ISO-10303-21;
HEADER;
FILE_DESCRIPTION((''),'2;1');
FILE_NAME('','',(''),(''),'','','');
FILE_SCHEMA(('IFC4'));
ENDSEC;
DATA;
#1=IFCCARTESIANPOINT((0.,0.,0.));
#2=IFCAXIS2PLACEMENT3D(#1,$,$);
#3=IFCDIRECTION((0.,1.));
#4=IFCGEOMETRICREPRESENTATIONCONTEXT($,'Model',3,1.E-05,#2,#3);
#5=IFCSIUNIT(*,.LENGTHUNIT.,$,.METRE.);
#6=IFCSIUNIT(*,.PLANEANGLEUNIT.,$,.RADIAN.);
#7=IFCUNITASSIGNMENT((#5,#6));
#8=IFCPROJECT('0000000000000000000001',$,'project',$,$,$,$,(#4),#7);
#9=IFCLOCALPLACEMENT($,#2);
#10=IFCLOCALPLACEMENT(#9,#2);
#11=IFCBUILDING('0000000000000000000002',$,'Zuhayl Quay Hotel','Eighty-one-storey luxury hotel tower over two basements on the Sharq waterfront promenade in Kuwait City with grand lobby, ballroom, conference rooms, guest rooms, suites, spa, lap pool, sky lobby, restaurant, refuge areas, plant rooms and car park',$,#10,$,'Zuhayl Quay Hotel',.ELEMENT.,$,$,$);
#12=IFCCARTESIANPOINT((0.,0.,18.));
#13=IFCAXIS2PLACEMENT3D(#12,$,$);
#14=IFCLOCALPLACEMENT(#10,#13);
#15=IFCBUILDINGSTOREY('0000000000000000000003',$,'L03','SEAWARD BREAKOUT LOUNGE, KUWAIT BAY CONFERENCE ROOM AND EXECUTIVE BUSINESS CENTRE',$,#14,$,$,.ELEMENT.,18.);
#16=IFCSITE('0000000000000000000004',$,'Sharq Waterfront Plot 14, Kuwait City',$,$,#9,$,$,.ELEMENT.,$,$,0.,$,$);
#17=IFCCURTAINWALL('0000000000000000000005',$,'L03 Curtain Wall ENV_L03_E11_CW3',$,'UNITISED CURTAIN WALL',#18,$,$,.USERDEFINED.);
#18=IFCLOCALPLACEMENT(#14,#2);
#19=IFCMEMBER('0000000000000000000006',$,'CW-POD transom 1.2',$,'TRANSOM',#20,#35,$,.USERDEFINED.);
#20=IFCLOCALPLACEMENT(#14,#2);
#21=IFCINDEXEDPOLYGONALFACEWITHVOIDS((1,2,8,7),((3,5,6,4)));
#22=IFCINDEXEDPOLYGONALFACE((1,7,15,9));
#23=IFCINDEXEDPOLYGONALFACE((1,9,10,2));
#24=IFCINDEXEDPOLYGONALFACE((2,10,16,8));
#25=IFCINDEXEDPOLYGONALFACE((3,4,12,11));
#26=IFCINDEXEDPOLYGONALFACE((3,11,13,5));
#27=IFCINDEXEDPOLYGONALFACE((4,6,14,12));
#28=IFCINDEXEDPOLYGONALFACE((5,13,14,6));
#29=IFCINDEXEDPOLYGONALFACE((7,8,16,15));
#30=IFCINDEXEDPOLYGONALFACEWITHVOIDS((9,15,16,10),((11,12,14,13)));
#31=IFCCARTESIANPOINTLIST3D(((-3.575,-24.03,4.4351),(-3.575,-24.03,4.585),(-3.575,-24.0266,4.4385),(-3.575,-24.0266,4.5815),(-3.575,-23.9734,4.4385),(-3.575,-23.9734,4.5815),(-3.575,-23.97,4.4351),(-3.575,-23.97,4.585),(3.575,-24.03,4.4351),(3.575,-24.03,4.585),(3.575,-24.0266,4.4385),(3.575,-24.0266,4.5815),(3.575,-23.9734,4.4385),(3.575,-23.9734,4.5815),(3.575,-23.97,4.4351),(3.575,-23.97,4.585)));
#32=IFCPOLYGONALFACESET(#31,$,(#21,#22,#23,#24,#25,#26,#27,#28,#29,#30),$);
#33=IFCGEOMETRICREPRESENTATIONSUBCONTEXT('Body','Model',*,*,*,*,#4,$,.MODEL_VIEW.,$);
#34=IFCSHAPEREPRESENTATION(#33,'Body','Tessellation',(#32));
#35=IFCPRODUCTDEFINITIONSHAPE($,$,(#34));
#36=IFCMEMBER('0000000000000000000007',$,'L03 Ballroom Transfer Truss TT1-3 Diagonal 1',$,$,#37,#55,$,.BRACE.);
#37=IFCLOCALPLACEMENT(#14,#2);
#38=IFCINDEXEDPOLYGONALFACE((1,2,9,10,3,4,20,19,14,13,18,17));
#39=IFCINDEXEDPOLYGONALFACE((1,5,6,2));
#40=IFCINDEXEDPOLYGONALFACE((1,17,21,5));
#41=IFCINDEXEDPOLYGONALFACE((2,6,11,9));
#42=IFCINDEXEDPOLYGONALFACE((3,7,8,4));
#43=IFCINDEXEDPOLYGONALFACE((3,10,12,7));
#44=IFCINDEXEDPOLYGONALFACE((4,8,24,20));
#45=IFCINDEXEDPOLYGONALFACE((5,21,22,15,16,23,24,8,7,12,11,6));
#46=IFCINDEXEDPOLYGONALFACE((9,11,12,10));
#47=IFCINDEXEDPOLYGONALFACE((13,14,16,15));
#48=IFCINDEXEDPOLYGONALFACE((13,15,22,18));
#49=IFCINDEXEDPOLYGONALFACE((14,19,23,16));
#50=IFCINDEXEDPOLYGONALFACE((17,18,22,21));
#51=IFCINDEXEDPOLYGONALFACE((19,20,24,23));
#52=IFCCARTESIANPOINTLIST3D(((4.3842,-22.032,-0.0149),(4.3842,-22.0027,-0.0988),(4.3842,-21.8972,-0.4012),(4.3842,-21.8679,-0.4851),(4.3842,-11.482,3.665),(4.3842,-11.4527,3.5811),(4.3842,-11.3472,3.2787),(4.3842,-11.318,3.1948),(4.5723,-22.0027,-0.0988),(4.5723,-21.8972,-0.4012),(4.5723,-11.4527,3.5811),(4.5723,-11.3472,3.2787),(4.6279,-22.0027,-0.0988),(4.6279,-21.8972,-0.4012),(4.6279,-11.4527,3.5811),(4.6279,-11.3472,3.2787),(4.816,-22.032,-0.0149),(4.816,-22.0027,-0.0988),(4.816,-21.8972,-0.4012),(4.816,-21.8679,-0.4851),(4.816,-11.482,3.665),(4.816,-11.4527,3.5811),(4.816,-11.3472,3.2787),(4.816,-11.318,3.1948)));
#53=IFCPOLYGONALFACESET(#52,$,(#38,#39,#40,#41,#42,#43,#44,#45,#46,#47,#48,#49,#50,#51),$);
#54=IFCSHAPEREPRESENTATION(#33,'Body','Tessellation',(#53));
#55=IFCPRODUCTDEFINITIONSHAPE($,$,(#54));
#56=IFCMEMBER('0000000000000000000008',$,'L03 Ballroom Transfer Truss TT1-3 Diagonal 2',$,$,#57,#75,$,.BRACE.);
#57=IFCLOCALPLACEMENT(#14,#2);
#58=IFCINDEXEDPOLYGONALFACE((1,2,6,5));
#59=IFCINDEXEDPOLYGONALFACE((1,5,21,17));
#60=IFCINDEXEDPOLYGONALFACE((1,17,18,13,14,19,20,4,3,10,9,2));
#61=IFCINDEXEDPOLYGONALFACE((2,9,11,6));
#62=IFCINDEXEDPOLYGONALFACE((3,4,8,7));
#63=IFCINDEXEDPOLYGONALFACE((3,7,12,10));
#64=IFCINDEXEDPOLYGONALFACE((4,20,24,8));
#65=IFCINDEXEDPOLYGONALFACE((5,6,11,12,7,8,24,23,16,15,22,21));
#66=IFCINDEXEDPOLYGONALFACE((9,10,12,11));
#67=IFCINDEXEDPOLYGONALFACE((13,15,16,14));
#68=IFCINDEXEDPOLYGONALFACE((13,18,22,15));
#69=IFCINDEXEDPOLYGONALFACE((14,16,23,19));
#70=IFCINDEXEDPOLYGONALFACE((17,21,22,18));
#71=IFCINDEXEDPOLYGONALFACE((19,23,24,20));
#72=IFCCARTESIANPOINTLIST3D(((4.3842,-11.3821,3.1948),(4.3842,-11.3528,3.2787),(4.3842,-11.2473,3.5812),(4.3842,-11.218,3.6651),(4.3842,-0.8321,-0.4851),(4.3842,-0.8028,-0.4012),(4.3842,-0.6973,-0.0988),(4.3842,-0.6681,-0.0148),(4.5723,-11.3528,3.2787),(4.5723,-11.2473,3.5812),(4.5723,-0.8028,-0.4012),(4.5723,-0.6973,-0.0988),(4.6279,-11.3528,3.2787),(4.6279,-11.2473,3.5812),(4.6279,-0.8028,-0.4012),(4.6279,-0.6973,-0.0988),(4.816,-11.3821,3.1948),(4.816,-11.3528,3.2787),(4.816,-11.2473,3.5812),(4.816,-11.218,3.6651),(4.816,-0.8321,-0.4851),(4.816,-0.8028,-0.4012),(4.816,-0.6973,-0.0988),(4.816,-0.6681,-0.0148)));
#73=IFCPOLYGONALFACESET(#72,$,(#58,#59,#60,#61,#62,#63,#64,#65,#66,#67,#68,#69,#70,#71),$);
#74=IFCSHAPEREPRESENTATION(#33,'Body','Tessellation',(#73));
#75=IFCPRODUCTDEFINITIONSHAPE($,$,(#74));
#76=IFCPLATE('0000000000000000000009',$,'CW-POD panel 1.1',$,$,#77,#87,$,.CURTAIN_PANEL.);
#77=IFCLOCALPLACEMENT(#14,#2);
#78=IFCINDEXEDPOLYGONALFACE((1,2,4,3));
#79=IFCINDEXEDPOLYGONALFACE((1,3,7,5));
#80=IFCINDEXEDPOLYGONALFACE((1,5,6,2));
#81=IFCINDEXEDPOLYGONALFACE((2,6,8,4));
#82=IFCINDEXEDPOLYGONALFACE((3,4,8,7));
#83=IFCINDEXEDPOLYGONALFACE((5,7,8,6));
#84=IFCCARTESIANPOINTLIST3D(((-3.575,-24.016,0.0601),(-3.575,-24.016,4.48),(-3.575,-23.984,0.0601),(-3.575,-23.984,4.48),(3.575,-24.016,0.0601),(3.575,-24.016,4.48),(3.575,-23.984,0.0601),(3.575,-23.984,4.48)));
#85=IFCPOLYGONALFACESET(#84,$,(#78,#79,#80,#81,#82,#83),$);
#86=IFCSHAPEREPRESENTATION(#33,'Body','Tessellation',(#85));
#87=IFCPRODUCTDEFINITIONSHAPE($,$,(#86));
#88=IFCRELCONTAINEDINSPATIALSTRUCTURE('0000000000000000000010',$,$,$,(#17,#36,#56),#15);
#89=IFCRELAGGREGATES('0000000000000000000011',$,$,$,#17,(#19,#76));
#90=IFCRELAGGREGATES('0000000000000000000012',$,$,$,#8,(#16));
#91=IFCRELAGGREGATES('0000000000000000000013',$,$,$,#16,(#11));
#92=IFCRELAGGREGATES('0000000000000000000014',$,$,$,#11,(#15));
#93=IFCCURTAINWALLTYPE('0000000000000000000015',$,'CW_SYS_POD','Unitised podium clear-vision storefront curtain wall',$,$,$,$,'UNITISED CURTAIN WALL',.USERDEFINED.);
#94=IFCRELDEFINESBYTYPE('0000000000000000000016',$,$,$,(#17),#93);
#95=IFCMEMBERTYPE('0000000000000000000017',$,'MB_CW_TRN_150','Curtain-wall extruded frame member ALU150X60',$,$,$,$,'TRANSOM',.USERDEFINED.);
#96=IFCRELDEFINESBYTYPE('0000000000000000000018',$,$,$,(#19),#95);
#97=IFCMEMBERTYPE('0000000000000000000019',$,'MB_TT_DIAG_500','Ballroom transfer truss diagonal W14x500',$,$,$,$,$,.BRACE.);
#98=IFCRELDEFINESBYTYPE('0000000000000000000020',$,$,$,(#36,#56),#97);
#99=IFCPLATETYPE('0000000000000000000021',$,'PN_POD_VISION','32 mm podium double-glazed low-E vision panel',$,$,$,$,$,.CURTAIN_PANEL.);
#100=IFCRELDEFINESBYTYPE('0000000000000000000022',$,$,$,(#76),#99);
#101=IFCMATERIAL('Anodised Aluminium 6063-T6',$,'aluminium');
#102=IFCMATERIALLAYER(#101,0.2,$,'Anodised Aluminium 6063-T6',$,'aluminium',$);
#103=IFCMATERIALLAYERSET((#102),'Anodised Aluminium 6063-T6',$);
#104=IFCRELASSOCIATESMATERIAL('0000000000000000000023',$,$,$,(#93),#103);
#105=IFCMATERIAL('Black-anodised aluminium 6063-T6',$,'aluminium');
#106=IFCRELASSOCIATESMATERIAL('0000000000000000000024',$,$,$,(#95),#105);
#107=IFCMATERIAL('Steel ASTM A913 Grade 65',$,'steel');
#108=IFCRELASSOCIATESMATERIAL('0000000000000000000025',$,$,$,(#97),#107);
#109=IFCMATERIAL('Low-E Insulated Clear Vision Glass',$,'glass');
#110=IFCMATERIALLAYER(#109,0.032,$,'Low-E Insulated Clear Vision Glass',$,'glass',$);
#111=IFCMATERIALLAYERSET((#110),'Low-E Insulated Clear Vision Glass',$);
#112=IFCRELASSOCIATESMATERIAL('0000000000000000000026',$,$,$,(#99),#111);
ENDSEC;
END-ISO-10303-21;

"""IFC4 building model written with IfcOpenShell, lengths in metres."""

from ifc_helpers import new_model, si_unit, direction, frame, origin, origin_2d, place, context, subcontext, project, spatial, rectangle, hollow_rectangle, i_section, extrude, material, layer, layer_set, material_profile, profile_set, type_object, element, aggregate, save


model = new_model("IFC4")

# Units and contexts
model_context = context("Model", 3, precision=1e-05, world=origin(), true_north=direction((0.0, 1.0)))
body_context = subcontext(model_context, "Body", "Model", "MODEL_VIEW")
ifc_project = project(units=[si_unit("LENGTHUNIT", "METRE"), si_unit("PLANEANGLEUNIT", "RADIAN")], contexts=[model_context])

# Site, building, storey
site_placement = place(None, origin())
site = spatial("IfcSite", under=ifc_project, at=site_placement, Name="Sharq Waterfront Plot 14, Kuwait City", CompositionType="ELEMENT", RefElevation=0.0)
building_placement = place(site_placement, origin())
building = spatial("IfcBuilding", under=site, at=building_placement, Name="Zuhayl Quay Hotel", Description="Eighty-one-storey luxury hotel tower over two basements on the Sharq waterfront promenade in Kuwait City with grand lobby, ballroom, conference rooms, guest rooms, suites, spa, lap pool, sky lobby, restaurant, refuge areas, plant rooms and car park", LongName="Zuhayl Quay Hotel", CompositionType="ELEMENT")
storey_placement = place(building_placement, frame((0.0, 0.0, 18.0)))
storey = spatial("IfcBuildingStorey", under=building, at=storey_placement, Name="L03", Description="SEAWARD BREAKOUT LOUNGE, KUWAIT BAY CONFERENCE ROOM AND EXECUTIVE BUSINESS CENTRE", CompositionType="ELEMENT", Elevation=18.0)

# Shared definitions
ifc_material_1 = material(Name="Steel ASTM A913 Grade 65", Category="steel")

# Shared definitions
ifc_material_2 = material(Name="Anodised Aluminium 6063-T6", Category="aluminium")
ifc_layer_1 = layer(ifc_material_2, 0.2, Name="Anodised Aluminium 6063-T6", Category="aluminium")
ifc_layer_set_1 = layer_set([ifc_layer_1], Name="Anodised Aluminium 6063-T6")
curtain_wall_type = type_object("IfcCurtainWallType", Name="CW_SYS_POD", Description="Unitised podium clear-vision storefront curtain wall", ElementType="UNITISED CURTAIN WALL", PredefinedType="USERDEFINED", material=ifc_layer_set_1)
ifc_material_3 = material(Name="Black-anodised aluminium 6063-T6", Category="aluminium")

# Curtain wall, member
curtain_wall_1_placement = place(storey_placement, origin())
curtain_wall_1 = element("IfcCurtainWall", 1, at=curtain_wall_1_placement, inside=storey, type_object=curtain_wall_type, Name="L03 Curtain Wall ENV_L03_E11_CW3", ObjectType="UNITISED CURTAIN WALL", PredefinedType="USERDEFINED")
ifc_material_profile_1 = material_profile(ifc_material_3, hollow_rectangle(XDim=0.0601, YDim=0.1499, WallThickness=0.0034, at=origin_2d()), Name="ALU150X60")
ifc_profile_set_1 = profile_set([ifc_material_profile_1], Name="Black-anodised aluminium 6063-T6")
member_type_1 = type_object("IfcMemberType", Name="MB_CW_TRN_150", Description="Curtain-wall extruded frame member ALU150X60", ElementType="TRANSOM", PredefinedType="USERDEFINED", material=ifc_profile_set_1)
member_1_placement = place(storey_placement, frame((3.575, -24.0, 4.51), z_axis=(-1.0, 0.0, 0.0), x_axis=(0.0, -1.0, 0.0)))
member_1 = element("IfcMember", 2, at=member_1_placement, type_object=member_type_1, Name="CW-POD transom 1.2", ObjectType="TRANSOM", PredefinedType="USERDEFINED", context=body_context, shape_type="SweptSolid", body=[
    extrude(hollow_rectangle(XDim=0.0601, YDim=0.1499, WallThickness=0.0034, at=origin_2d()), origin(), (0.0, 0.0, 1.0), 7.1499),
])

# Members
ifc_material_profile_2 = material_profile(ifc_material_1, i_section(OverallWidth=0.4319, OverallDepth=0.498, WebThickness=0.0557, FlangeThickness=0.0889, at=origin_2d()), Name="W14X500")
ifc_profile_set_2 = profile_set([ifc_material_profile_2], Name="Steel ASTM A913 Grade 65")
member_type_2 = type_object("IfcMemberType", Name="MB_TT_DIAG_500", Description="Ballroom transfer truss diagonal W14x500", PredefinedType="BRACE", material=ifc_profile_set_2)
for number, where, z_axis, x_axis, name in (
    (3, (4.6001, -21.95, -0.25), (0.0, 0.944209, 0.329347), (-1.0, 0.0, 0.0), "L03 Ballroom Transfer Truss TT1-3 Diagonal 1"),
    (4, (4.6001, -11.3, 3.4299), (0.0, 0.944209, -0.329347), (-1.0, 0.0, 0.0), "L03 Ballroom Transfer Truss TT1-3 Diagonal 2"),
):
    element("IfcMember", number, at=place(storey_placement, frame(where, z_axis=z_axis, x_axis=x_axis)), inside=storey, type_object=member_type_2, Name=name, PredefinedType="BRACE", context=body_context, shape_type="SweptSolid", body=[
        extrude(i_section(OverallWidth=0.4319, OverallDepth=0.498, WebThickness=0.0557, FlangeThickness=0.0889, at=origin_2d()), origin(), (0.0, 0.0, 1.0), 11.1733),
    ])

# Plate
ifc_material_4 = material(Name="Low-E Insulated Clear Vision Glass", Category="glass")
ifc_layer_2 = layer(ifc_material_4, 0.032, Name="Low-E Insulated Clear Vision Glass", Category="glass")
ifc_layer_set_2 = layer_set([ifc_layer_2], Name="Low-E Insulated Clear Vision Glass")
plate_type_1 = type_object("IfcPlateType", Name="PN_POD_VISION", Description="32 mm podium double-glazed low-E vision panel", PredefinedType="CURTAIN_PANEL", material=ifc_layer_set_2)
plate_1_placement = place(storey_placement, frame((0.0, -24.0, 0.0601), z_axis=(0.0, 0.0, 1.0), x_axis=(-1.0, 0.0, 0.0)))
plate_1 = element("IfcPlate", 5, at=plate_1_placement, type_object=plate_type_1, Name="CW-POD panel 1.1", PredefinedType="CURTAIN_PANEL", context=body_context, shape_type="SweptSolid", body=[
    extrude(rectangle(XDim=7.1499, YDim=0.032, at=origin_2d()), origin(), (0.0, 0.0, 1.0), 4.4199),
])
aggregate(curtain_wall_1, [member_1, plate_1])

save(model, "model.ifc")
